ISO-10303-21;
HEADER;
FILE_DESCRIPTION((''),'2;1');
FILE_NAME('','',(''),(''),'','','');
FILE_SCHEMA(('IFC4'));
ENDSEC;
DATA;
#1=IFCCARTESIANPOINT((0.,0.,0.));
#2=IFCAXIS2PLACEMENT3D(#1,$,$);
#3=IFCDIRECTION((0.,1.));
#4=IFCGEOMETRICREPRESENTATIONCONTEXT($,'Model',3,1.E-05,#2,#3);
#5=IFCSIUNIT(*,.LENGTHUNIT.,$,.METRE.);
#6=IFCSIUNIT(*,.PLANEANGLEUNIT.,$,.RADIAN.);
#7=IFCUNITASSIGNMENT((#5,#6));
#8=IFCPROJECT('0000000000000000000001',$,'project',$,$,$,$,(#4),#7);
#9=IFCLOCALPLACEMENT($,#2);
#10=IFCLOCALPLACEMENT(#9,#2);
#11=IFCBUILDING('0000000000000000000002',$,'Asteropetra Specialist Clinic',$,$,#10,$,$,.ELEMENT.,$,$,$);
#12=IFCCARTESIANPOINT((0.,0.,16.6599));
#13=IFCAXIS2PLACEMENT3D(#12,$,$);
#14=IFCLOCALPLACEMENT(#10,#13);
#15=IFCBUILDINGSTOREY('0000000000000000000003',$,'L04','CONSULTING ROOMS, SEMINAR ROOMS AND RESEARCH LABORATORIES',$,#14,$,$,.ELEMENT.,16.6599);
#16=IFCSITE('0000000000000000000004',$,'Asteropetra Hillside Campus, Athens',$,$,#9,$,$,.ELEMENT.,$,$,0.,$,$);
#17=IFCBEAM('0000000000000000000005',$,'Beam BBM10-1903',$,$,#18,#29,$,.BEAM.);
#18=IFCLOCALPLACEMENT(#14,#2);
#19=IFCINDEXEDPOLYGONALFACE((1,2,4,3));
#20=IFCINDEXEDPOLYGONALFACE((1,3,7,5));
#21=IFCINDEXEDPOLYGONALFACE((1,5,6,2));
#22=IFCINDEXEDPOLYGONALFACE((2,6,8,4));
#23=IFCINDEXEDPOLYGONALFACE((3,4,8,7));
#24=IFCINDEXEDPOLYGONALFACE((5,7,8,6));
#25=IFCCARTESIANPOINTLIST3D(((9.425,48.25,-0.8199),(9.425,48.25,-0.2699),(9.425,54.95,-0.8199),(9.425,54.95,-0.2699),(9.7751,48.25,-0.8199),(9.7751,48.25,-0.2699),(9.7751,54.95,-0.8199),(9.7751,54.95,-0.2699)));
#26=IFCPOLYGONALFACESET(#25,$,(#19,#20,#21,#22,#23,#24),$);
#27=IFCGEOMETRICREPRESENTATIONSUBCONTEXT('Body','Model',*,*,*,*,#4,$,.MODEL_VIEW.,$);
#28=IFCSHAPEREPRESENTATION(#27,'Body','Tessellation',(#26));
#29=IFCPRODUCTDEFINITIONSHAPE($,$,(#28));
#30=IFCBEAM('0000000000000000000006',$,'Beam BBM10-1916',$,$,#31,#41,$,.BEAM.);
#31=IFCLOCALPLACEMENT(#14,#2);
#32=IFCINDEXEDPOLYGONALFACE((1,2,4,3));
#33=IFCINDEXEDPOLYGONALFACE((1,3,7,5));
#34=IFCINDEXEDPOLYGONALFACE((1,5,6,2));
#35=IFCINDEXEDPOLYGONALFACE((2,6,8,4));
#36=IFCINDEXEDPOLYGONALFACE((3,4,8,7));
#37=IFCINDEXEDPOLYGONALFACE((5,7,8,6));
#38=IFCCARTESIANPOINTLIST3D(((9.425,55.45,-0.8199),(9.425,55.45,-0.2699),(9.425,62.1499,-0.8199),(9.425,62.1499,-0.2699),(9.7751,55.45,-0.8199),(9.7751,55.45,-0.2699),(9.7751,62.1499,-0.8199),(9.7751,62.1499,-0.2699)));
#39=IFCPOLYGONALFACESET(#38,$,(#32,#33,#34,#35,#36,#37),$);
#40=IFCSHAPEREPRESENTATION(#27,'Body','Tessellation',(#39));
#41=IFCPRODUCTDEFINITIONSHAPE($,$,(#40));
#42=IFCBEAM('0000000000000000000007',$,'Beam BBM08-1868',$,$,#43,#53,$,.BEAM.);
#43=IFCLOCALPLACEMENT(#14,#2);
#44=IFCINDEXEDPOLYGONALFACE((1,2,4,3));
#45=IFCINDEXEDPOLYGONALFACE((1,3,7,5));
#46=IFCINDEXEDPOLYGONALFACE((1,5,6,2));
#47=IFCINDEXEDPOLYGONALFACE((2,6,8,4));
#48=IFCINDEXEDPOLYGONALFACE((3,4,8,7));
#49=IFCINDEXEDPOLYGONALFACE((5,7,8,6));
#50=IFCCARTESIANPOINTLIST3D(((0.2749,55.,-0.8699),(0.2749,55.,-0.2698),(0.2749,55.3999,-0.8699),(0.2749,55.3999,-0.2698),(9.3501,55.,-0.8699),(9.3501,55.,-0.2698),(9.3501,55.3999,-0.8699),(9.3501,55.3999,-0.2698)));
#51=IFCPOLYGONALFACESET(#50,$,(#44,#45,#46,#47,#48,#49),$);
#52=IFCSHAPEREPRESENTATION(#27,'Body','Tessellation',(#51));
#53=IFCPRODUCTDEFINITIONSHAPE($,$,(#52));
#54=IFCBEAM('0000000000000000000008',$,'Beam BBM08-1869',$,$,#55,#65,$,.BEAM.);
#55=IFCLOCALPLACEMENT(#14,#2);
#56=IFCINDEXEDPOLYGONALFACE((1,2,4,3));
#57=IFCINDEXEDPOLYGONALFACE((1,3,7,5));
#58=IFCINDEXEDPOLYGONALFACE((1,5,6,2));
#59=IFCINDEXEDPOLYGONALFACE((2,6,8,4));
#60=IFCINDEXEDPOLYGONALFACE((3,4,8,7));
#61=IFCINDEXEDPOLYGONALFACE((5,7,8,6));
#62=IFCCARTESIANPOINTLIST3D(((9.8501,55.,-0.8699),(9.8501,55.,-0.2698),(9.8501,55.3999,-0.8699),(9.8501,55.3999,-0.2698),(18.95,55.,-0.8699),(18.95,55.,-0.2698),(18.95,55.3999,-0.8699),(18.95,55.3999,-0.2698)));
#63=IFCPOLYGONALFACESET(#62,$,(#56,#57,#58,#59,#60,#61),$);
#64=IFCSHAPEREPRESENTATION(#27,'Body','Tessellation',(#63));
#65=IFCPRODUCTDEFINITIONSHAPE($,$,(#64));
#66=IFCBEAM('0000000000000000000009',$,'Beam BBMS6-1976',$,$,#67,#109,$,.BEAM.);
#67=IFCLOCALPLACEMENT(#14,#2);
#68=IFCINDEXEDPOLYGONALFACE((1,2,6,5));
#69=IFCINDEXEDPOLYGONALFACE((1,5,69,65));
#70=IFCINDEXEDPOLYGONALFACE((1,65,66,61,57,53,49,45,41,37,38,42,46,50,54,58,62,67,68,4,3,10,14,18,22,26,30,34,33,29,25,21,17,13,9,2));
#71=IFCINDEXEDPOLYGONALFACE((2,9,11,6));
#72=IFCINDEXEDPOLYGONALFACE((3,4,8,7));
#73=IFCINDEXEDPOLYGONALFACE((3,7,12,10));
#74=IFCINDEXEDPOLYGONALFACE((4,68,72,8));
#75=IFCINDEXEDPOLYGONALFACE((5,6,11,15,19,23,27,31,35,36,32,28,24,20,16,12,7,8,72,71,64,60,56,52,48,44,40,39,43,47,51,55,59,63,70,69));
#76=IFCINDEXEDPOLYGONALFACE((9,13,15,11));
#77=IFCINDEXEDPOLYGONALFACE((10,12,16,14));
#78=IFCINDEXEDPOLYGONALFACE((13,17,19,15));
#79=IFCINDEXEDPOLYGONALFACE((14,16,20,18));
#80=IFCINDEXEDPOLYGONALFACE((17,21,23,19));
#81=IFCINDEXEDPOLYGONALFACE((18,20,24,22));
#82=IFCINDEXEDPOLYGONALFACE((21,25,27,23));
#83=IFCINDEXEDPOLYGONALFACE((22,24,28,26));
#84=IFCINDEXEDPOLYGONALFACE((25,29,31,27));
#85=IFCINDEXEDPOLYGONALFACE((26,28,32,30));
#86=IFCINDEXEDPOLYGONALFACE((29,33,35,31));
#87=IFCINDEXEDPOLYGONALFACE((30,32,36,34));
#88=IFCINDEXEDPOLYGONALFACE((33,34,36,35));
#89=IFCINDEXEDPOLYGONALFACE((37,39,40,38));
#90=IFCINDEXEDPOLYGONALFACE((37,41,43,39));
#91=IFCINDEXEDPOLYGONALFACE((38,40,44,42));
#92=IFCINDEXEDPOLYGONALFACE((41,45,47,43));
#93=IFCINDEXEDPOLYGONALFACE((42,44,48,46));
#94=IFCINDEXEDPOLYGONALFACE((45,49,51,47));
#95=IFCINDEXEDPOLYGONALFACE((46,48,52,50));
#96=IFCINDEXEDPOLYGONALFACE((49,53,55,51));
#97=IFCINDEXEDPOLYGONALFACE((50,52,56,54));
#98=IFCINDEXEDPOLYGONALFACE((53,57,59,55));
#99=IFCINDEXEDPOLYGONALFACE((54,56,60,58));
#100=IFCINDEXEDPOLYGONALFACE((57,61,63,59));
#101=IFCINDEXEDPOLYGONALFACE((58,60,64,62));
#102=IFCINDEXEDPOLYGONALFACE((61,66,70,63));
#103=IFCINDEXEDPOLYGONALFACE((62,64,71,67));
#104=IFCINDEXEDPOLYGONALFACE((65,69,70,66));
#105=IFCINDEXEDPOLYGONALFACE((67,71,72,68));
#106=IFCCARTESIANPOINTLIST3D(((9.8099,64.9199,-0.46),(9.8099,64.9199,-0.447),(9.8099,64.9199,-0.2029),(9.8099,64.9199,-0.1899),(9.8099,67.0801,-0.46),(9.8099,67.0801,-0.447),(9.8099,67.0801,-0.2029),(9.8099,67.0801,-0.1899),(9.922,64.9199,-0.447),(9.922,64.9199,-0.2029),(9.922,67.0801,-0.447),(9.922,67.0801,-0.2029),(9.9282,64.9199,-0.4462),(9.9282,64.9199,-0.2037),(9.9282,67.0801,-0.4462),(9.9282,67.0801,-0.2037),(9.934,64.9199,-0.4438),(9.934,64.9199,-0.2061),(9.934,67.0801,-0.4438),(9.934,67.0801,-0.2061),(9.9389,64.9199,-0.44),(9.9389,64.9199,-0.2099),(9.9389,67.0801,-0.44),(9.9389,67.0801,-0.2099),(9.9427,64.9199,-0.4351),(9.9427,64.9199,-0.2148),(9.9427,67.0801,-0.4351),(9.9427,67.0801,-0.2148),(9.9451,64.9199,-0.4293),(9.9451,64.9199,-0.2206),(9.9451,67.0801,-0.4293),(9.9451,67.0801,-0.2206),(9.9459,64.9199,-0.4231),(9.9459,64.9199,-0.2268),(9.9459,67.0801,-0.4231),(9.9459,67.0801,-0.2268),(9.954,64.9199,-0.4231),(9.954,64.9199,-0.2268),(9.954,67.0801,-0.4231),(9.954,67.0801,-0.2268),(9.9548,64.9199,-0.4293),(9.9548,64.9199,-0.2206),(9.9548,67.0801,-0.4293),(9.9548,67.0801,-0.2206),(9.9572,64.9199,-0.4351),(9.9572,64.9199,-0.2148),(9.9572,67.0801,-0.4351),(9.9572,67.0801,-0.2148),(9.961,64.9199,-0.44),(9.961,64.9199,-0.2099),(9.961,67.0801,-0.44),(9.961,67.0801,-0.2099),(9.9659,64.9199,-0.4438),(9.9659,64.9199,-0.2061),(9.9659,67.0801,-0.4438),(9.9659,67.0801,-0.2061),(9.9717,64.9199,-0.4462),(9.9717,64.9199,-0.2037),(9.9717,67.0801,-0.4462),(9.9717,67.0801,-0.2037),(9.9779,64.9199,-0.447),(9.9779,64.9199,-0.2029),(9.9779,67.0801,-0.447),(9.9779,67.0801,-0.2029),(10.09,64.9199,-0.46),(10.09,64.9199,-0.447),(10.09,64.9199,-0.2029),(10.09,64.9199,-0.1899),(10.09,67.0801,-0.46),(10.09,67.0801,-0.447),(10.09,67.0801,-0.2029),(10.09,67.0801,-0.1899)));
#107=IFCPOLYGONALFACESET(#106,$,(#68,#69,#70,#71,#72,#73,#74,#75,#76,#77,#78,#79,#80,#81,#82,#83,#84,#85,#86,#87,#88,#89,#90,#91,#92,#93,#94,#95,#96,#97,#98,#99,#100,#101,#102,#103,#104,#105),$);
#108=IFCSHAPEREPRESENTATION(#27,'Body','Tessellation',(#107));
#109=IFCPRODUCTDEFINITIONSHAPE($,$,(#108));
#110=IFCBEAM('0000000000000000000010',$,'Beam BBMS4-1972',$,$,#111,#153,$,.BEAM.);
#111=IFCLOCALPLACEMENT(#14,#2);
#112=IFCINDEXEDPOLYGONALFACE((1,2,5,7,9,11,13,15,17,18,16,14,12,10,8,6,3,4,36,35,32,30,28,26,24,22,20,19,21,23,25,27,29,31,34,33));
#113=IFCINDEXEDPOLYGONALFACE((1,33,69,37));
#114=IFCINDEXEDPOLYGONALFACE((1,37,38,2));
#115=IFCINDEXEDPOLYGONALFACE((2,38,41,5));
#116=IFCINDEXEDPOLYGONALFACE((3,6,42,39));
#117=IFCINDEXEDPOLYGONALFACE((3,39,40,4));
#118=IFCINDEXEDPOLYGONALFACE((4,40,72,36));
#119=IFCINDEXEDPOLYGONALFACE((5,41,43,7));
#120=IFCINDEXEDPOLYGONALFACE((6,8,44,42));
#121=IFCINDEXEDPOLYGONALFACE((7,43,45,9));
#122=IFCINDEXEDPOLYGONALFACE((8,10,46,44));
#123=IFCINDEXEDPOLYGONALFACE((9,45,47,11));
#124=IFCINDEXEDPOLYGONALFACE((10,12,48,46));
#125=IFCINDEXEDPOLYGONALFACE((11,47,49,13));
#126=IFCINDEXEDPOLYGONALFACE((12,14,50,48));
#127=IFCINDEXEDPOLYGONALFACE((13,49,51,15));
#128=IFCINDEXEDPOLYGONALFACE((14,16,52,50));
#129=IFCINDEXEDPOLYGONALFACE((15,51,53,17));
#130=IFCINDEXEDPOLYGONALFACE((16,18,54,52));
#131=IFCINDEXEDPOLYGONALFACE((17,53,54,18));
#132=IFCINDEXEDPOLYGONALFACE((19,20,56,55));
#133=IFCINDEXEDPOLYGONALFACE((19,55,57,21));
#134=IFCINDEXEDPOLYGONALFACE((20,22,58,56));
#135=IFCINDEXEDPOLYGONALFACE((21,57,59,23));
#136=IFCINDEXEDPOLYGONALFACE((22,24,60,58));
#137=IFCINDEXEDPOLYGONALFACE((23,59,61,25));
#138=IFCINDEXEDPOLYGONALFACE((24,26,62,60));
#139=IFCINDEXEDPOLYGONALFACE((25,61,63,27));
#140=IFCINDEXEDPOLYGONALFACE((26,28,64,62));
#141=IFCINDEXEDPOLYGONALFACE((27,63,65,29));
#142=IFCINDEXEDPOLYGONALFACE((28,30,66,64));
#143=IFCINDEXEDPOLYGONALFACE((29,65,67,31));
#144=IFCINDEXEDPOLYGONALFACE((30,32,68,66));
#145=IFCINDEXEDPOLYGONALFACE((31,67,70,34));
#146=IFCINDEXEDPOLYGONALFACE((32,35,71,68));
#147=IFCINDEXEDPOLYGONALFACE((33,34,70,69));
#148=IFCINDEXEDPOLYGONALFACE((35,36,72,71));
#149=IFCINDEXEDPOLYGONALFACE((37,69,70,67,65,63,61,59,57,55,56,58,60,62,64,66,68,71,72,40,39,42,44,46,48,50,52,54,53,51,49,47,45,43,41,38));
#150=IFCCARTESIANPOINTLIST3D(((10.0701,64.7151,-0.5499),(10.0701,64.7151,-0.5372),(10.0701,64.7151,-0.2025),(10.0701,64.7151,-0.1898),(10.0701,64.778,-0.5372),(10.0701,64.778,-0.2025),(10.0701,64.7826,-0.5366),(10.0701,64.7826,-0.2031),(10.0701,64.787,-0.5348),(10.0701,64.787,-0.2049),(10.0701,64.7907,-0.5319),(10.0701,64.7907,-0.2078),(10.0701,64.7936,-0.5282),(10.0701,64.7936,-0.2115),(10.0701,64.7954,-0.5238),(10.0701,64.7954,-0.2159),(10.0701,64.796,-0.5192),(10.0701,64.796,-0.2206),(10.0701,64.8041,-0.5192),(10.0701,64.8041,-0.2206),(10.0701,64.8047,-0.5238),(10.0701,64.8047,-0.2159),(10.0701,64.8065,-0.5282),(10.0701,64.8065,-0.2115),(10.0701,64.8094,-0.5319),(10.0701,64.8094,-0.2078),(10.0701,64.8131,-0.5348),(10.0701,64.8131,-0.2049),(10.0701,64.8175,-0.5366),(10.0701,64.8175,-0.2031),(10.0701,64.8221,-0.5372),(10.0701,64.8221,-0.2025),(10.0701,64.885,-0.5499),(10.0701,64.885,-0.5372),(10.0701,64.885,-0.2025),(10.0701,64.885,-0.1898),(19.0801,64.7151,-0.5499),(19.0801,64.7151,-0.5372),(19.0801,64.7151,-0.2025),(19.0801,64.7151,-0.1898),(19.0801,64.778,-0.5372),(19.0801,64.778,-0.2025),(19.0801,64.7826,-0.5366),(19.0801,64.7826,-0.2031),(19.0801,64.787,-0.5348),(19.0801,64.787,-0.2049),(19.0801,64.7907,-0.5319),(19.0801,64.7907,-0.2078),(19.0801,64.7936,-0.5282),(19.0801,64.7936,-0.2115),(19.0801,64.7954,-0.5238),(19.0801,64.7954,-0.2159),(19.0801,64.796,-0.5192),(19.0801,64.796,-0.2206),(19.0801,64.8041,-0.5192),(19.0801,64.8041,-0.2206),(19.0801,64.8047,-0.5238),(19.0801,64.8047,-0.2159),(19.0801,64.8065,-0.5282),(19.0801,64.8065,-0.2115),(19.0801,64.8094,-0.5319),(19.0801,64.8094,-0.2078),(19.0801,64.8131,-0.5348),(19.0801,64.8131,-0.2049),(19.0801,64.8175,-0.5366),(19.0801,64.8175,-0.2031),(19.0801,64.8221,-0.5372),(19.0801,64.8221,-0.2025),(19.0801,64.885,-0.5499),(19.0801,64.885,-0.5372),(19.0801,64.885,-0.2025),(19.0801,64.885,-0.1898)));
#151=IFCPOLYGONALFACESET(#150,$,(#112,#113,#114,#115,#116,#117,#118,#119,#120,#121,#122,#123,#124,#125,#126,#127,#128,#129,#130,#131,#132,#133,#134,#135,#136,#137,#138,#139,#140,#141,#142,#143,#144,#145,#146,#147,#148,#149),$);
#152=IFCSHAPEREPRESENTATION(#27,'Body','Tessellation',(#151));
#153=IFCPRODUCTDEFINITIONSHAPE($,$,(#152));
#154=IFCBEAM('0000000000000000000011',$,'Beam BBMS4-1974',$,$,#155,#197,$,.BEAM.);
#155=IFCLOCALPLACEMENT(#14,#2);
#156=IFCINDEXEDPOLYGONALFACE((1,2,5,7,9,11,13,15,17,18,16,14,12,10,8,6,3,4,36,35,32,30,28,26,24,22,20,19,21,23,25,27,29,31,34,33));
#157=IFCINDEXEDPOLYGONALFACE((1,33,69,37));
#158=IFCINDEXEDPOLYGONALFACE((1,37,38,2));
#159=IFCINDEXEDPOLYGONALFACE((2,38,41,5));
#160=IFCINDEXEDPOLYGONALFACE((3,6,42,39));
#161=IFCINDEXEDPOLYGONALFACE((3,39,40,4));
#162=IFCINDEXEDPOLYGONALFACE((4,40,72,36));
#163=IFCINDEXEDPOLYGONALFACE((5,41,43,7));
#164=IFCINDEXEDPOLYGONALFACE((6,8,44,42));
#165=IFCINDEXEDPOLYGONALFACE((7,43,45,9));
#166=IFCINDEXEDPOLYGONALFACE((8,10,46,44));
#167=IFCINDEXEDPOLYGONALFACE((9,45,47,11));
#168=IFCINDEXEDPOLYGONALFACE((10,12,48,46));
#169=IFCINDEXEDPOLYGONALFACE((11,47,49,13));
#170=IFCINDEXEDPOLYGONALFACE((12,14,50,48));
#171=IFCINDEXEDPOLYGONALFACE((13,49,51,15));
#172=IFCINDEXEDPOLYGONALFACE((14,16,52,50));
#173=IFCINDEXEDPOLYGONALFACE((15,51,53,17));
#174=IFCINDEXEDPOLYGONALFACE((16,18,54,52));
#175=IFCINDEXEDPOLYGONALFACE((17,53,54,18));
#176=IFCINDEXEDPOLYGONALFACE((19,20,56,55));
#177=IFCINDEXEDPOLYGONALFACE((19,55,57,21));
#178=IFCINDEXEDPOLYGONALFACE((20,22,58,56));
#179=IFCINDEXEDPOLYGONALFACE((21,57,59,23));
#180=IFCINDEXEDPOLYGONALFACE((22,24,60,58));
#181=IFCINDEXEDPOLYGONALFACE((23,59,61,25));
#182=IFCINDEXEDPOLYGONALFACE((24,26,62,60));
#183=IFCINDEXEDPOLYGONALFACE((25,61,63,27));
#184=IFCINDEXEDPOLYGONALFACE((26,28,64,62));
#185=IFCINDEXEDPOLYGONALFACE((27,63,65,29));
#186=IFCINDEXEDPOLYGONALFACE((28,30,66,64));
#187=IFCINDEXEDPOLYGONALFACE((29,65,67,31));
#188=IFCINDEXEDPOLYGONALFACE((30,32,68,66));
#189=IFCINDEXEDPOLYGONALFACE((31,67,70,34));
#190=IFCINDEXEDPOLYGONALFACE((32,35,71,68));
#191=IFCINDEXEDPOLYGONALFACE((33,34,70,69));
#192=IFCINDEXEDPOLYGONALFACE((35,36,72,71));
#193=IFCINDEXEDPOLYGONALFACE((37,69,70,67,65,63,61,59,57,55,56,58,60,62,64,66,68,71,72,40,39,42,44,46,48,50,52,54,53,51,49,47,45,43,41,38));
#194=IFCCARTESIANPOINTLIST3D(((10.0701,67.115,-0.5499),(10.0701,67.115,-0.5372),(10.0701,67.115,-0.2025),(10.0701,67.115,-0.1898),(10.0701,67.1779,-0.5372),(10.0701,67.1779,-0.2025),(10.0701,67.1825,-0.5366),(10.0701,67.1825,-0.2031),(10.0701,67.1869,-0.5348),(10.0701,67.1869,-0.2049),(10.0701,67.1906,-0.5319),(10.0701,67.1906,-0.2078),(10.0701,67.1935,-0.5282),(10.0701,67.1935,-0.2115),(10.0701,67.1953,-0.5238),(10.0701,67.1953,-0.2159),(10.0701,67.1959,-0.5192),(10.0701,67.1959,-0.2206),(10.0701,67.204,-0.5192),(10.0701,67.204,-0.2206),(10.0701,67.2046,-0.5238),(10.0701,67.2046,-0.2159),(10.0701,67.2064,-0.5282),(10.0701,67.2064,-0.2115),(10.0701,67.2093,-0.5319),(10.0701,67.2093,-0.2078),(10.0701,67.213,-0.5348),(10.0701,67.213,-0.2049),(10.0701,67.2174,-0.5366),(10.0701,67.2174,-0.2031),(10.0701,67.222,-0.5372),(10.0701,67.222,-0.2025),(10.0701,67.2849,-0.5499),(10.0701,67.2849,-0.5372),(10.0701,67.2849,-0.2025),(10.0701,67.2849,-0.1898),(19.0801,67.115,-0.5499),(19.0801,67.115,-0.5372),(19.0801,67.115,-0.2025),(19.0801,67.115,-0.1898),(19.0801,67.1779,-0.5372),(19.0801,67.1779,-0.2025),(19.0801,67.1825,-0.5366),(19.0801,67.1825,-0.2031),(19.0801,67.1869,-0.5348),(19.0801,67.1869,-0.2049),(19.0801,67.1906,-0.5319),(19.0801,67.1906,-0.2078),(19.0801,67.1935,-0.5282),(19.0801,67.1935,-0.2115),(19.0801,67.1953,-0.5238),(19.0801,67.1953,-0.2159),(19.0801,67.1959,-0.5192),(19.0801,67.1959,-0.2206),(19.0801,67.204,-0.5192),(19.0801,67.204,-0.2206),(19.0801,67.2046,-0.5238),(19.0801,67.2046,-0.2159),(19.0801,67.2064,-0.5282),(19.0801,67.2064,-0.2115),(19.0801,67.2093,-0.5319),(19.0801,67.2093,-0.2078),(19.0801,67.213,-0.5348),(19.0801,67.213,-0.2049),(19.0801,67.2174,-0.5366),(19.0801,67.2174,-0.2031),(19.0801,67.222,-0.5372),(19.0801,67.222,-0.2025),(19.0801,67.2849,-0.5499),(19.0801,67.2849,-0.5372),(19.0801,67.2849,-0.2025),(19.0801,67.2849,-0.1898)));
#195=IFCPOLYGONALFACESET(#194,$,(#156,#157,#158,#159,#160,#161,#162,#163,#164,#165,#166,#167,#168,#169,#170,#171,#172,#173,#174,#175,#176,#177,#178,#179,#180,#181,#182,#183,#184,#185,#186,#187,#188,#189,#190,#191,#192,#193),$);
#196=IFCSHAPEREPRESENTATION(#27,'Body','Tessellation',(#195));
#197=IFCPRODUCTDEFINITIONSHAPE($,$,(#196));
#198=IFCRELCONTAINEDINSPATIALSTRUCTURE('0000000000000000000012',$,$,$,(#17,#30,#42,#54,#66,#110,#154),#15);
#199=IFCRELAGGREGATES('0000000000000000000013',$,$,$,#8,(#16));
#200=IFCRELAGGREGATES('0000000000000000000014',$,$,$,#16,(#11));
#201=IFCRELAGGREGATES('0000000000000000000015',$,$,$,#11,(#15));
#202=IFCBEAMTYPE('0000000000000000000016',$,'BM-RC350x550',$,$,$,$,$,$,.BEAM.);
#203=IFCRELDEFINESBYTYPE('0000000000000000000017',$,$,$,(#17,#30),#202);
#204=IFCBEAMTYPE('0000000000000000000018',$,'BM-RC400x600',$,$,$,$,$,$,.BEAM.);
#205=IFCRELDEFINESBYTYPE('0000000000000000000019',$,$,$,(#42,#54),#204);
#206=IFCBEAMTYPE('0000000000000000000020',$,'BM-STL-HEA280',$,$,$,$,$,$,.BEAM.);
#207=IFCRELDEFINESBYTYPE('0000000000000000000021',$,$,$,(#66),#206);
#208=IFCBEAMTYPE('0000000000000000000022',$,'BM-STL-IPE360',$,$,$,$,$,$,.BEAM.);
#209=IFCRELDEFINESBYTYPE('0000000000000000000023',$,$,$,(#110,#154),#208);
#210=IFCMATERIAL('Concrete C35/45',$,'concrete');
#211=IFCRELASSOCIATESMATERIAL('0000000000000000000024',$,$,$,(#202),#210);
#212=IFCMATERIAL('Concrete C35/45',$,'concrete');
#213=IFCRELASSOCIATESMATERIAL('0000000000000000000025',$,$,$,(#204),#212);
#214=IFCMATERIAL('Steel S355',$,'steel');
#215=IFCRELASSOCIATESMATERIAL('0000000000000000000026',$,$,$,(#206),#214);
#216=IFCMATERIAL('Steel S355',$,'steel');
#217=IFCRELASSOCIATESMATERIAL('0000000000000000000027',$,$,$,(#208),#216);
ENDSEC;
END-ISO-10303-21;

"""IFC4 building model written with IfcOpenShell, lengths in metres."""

from ifc_helpers import new_model, si_unit, direction, frame, origin, origin_2d, place, context, subcontext, project, spatial, rectangle, i_section, extrude, material, material_profile, profile_set, type_object, element, save


model = new_model("IFC4")

# Units and contexts
model_context = context("Model", 3, precision=1e-05, world=origin(), true_north=direction((0.0, 1.0)))
body_context = subcontext(model_context, "Body", "Model", "MODEL_VIEW")
ifc_project = project(units=[si_unit("LENGTHUNIT", "METRE"), si_unit("PLANEANGLEUNIT", "RADIAN")], contexts=[model_context])

# Site, building, storey
site_placement = place(None, origin())
site = spatial("IfcSite", under=ifc_project, at=site_placement, Name="Asteropetra Hillside Campus, Athens", CompositionType="ELEMENT", RefElevation=0.0)
building_placement = place(site_placement, origin())
building = spatial("IfcBuilding", under=site, at=building_placement, Name="Asteropetra Specialist Clinic", CompositionType="ELEMENT")
storey_placement = place(building_placement, frame((0.0, 0.0, 16.6599)))
storey = spatial("IfcBuildingStorey", under=building, at=storey_placement, Name="L04", Description="CONSULTING ROOMS, SEMINAR ROOMS AND RESEARCH LABORATORIES", CompositionType="ELEMENT", Elevation=16.6599)

# Beams
ifc_material_1 = material(Name="Concrete C35/45", Category="concrete")
ifc_material_profile_1 = material_profile(ifc_material_1, rectangle(XDim=0.3501, YDim=0.55, at=origin_2d()), Name="RCB 350x550")
ifc_profile_set_1 = profile_set([ifc_material_profile_1], Name="Concrete C35/45")
beam_type_1 = type_object("IfcBeamType", Name="BM-RC350x550", PredefinedType="BEAM", material=ifc_profile_set_1)
for number, where, z_axis, x_axis, name in (
    (1, (9.6001, 48.25, -0.5449), (0.0, 1.0, 0.0), (-1.0, 0.0, 0.0), "Beam BBM10-1903"),
    (2, (9.6001, 55.45, -0.5449), (0.0, 1.0, 0.0), (-1.0, 0.0, 0.0), "Beam BBM10-1916"),
):
    element("IfcBeam", number, at=place(storey_placement, frame(where, z_axis=z_axis, x_axis=x_axis)), inside=storey, type_object=beam_type_1, Name=name, PredefinedType="BEAM", context=body_context, shape_type="SweptSolid", body=[
        extrude(rectangle(XDim=0.3501, YDim=0.55, at=origin_2d()), origin(), (0.0, 0.0, 1.0), 6.7),
    ])
ifc_material_2 = material(Name="Concrete C35/45", Category="concrete")
ifc_material_profile_2 = material_profile(ifc_material_2, rectangle(XDim=0.3999, YDim=0.6001, at=origin_2d()), Name="RCB 400x600")
ifc_profile_set_2 = profile_set([ifc_material_profile_2], Name="Concrete C35/45")
beam_type_2 = type_object("IfcBeamType", Name="BM-RC400x600", PredefinedType="BEAM", material=ifc_profile_set_2)
beam_1_placement = place(storey_placement, frame((0.2749, 55.2, -0.5698), z_axis=(1.0, 0.0, 0.0), x_axis=(0.0, 1.0, 0.0)))
element("IfcBeam", 3, at=beam_1_placement, inside=storey, type_object=beam_type_2, Name="Beam BBM08-1868", PredefinedType="BEAM", context=body_context, shape_type="SweptSolid", body=[
    extrude(rectangle(XDim=0.3999, YDim=0.6001, at=origin_2d()), origin(), (0.0, 0.0, 1.0), 9.0752),
])
beam_2_placement = place(storey_placement, frame((9.8501, 55.2, -0.5698), z_axis=(1.0, 0.0, 0.0), x_axis=(0.0, 1.0, 0.0)))
element("IfcBeam", 4, at=beam_2_placement, inside=storey, type_object=beam_type_2, Name="Beam BBM08-1869", PredefinedType="BEAM", context=body_context, shape_type="SweptSolid", body=[
    extrude(rectangle(XDim=0.3999, YDim=0.6001, at=origin_2d()), origin(), (0.0, 0.0, 1.0), 9.0999),
])
ifc_material_3 = material(Name="Steel S355", Category="steel")
ifc_material_profile_3 = material_profile(ifc_material_3, i_section(OverallWidth=0.28, OverallDepth=0.27, WebThickness=0.0081, FlangeThickness=0.0129, FilletRadius=0.0239, at=origin_2d()), Name="HEA 280")
ifc_profile_set_3 = profile_set([ifc_material_profile_3], Name="Steel S355")
beam_type_3 = type_object("IfcBeamType", Name="BM-STL-HEA280", PredefinedType="BEAM", material=ifc_profile_set_3)
beam_3_placement = place(storey_placement, frame((9.95, 64.9199, -0.325), z_axis=(0.0, 1.0, 0.0), x_axis=(-1.0, 0.0, 0.0)))
element("IfcBeam", 5, at=beam_3_placement, inside=storey, type_object=beam_type_3, Name="Beam BBMS6-1976", PredefinedType="BEAM", context=body_context, shape_type="SweptSolid", body=[
    extrude(i_section(OverallWidth=0.28, OverallDepth=0.27, WebThickness=0.0081, FlangeThickness=0.0129, FilletRadius=0.0239, at=origin_2d()), origin(), (0.0, 0.0, 1.0), 2.1602),
])
ifc_material_4 = material(Name="Steel S355", Category="steel")
ifc_material_profile_4 = material_profile(ifc_material_4, i_section(OverallWidth=0.1699, OverallDepth=0.3601, WebThickness=0.0081, FlangeThickness=0.0127, FilletRadius=0.0181, at=origin_2d()), Name="IPE 360")
ifc_profile_set_4 = profile_set([ifc_material_profile_4], Name="Steel S355")
beam_type_4 = type_object("IfcBeamType", Name="BM-STL-IPE360", PredefinedType="BEAM", material=ifc_profile_set_4)
for number, where, z_axis, x_axis, name in (
    (6, (10.0701, 64.8, -0.3699), (1.0, 0.0, 0.0), (0.0, 1.0, 0.0), "Beam BBMS4-1972"),
    (7, (10.0701, 67.2, -0.3699), (1.0, 0.0, 0.0), (0.0, 1.0, 0.0), "Beam BBMS4-1974"),
):
    element("IfcBeam", number, at=place(storey_placement, frame(where, z_axis=z_axis, x_axis=x_axis)), inside=storey, type_object=beam_type_4, Name=name, PredefinedType="BEAM", context=body_context, shape_type="SweptSolid", body=[
        extrude(i_section(OverallWidth=0.1699, OverallDepth=0.3601, WebThickness=0.0081, FlangeThickness=0.0127, FilletRadius=0.0181, at=origin_2d()), origin(), (0.0, 0.0, 1.0), 9.01),
    ])

save(model, "model.ifc")
